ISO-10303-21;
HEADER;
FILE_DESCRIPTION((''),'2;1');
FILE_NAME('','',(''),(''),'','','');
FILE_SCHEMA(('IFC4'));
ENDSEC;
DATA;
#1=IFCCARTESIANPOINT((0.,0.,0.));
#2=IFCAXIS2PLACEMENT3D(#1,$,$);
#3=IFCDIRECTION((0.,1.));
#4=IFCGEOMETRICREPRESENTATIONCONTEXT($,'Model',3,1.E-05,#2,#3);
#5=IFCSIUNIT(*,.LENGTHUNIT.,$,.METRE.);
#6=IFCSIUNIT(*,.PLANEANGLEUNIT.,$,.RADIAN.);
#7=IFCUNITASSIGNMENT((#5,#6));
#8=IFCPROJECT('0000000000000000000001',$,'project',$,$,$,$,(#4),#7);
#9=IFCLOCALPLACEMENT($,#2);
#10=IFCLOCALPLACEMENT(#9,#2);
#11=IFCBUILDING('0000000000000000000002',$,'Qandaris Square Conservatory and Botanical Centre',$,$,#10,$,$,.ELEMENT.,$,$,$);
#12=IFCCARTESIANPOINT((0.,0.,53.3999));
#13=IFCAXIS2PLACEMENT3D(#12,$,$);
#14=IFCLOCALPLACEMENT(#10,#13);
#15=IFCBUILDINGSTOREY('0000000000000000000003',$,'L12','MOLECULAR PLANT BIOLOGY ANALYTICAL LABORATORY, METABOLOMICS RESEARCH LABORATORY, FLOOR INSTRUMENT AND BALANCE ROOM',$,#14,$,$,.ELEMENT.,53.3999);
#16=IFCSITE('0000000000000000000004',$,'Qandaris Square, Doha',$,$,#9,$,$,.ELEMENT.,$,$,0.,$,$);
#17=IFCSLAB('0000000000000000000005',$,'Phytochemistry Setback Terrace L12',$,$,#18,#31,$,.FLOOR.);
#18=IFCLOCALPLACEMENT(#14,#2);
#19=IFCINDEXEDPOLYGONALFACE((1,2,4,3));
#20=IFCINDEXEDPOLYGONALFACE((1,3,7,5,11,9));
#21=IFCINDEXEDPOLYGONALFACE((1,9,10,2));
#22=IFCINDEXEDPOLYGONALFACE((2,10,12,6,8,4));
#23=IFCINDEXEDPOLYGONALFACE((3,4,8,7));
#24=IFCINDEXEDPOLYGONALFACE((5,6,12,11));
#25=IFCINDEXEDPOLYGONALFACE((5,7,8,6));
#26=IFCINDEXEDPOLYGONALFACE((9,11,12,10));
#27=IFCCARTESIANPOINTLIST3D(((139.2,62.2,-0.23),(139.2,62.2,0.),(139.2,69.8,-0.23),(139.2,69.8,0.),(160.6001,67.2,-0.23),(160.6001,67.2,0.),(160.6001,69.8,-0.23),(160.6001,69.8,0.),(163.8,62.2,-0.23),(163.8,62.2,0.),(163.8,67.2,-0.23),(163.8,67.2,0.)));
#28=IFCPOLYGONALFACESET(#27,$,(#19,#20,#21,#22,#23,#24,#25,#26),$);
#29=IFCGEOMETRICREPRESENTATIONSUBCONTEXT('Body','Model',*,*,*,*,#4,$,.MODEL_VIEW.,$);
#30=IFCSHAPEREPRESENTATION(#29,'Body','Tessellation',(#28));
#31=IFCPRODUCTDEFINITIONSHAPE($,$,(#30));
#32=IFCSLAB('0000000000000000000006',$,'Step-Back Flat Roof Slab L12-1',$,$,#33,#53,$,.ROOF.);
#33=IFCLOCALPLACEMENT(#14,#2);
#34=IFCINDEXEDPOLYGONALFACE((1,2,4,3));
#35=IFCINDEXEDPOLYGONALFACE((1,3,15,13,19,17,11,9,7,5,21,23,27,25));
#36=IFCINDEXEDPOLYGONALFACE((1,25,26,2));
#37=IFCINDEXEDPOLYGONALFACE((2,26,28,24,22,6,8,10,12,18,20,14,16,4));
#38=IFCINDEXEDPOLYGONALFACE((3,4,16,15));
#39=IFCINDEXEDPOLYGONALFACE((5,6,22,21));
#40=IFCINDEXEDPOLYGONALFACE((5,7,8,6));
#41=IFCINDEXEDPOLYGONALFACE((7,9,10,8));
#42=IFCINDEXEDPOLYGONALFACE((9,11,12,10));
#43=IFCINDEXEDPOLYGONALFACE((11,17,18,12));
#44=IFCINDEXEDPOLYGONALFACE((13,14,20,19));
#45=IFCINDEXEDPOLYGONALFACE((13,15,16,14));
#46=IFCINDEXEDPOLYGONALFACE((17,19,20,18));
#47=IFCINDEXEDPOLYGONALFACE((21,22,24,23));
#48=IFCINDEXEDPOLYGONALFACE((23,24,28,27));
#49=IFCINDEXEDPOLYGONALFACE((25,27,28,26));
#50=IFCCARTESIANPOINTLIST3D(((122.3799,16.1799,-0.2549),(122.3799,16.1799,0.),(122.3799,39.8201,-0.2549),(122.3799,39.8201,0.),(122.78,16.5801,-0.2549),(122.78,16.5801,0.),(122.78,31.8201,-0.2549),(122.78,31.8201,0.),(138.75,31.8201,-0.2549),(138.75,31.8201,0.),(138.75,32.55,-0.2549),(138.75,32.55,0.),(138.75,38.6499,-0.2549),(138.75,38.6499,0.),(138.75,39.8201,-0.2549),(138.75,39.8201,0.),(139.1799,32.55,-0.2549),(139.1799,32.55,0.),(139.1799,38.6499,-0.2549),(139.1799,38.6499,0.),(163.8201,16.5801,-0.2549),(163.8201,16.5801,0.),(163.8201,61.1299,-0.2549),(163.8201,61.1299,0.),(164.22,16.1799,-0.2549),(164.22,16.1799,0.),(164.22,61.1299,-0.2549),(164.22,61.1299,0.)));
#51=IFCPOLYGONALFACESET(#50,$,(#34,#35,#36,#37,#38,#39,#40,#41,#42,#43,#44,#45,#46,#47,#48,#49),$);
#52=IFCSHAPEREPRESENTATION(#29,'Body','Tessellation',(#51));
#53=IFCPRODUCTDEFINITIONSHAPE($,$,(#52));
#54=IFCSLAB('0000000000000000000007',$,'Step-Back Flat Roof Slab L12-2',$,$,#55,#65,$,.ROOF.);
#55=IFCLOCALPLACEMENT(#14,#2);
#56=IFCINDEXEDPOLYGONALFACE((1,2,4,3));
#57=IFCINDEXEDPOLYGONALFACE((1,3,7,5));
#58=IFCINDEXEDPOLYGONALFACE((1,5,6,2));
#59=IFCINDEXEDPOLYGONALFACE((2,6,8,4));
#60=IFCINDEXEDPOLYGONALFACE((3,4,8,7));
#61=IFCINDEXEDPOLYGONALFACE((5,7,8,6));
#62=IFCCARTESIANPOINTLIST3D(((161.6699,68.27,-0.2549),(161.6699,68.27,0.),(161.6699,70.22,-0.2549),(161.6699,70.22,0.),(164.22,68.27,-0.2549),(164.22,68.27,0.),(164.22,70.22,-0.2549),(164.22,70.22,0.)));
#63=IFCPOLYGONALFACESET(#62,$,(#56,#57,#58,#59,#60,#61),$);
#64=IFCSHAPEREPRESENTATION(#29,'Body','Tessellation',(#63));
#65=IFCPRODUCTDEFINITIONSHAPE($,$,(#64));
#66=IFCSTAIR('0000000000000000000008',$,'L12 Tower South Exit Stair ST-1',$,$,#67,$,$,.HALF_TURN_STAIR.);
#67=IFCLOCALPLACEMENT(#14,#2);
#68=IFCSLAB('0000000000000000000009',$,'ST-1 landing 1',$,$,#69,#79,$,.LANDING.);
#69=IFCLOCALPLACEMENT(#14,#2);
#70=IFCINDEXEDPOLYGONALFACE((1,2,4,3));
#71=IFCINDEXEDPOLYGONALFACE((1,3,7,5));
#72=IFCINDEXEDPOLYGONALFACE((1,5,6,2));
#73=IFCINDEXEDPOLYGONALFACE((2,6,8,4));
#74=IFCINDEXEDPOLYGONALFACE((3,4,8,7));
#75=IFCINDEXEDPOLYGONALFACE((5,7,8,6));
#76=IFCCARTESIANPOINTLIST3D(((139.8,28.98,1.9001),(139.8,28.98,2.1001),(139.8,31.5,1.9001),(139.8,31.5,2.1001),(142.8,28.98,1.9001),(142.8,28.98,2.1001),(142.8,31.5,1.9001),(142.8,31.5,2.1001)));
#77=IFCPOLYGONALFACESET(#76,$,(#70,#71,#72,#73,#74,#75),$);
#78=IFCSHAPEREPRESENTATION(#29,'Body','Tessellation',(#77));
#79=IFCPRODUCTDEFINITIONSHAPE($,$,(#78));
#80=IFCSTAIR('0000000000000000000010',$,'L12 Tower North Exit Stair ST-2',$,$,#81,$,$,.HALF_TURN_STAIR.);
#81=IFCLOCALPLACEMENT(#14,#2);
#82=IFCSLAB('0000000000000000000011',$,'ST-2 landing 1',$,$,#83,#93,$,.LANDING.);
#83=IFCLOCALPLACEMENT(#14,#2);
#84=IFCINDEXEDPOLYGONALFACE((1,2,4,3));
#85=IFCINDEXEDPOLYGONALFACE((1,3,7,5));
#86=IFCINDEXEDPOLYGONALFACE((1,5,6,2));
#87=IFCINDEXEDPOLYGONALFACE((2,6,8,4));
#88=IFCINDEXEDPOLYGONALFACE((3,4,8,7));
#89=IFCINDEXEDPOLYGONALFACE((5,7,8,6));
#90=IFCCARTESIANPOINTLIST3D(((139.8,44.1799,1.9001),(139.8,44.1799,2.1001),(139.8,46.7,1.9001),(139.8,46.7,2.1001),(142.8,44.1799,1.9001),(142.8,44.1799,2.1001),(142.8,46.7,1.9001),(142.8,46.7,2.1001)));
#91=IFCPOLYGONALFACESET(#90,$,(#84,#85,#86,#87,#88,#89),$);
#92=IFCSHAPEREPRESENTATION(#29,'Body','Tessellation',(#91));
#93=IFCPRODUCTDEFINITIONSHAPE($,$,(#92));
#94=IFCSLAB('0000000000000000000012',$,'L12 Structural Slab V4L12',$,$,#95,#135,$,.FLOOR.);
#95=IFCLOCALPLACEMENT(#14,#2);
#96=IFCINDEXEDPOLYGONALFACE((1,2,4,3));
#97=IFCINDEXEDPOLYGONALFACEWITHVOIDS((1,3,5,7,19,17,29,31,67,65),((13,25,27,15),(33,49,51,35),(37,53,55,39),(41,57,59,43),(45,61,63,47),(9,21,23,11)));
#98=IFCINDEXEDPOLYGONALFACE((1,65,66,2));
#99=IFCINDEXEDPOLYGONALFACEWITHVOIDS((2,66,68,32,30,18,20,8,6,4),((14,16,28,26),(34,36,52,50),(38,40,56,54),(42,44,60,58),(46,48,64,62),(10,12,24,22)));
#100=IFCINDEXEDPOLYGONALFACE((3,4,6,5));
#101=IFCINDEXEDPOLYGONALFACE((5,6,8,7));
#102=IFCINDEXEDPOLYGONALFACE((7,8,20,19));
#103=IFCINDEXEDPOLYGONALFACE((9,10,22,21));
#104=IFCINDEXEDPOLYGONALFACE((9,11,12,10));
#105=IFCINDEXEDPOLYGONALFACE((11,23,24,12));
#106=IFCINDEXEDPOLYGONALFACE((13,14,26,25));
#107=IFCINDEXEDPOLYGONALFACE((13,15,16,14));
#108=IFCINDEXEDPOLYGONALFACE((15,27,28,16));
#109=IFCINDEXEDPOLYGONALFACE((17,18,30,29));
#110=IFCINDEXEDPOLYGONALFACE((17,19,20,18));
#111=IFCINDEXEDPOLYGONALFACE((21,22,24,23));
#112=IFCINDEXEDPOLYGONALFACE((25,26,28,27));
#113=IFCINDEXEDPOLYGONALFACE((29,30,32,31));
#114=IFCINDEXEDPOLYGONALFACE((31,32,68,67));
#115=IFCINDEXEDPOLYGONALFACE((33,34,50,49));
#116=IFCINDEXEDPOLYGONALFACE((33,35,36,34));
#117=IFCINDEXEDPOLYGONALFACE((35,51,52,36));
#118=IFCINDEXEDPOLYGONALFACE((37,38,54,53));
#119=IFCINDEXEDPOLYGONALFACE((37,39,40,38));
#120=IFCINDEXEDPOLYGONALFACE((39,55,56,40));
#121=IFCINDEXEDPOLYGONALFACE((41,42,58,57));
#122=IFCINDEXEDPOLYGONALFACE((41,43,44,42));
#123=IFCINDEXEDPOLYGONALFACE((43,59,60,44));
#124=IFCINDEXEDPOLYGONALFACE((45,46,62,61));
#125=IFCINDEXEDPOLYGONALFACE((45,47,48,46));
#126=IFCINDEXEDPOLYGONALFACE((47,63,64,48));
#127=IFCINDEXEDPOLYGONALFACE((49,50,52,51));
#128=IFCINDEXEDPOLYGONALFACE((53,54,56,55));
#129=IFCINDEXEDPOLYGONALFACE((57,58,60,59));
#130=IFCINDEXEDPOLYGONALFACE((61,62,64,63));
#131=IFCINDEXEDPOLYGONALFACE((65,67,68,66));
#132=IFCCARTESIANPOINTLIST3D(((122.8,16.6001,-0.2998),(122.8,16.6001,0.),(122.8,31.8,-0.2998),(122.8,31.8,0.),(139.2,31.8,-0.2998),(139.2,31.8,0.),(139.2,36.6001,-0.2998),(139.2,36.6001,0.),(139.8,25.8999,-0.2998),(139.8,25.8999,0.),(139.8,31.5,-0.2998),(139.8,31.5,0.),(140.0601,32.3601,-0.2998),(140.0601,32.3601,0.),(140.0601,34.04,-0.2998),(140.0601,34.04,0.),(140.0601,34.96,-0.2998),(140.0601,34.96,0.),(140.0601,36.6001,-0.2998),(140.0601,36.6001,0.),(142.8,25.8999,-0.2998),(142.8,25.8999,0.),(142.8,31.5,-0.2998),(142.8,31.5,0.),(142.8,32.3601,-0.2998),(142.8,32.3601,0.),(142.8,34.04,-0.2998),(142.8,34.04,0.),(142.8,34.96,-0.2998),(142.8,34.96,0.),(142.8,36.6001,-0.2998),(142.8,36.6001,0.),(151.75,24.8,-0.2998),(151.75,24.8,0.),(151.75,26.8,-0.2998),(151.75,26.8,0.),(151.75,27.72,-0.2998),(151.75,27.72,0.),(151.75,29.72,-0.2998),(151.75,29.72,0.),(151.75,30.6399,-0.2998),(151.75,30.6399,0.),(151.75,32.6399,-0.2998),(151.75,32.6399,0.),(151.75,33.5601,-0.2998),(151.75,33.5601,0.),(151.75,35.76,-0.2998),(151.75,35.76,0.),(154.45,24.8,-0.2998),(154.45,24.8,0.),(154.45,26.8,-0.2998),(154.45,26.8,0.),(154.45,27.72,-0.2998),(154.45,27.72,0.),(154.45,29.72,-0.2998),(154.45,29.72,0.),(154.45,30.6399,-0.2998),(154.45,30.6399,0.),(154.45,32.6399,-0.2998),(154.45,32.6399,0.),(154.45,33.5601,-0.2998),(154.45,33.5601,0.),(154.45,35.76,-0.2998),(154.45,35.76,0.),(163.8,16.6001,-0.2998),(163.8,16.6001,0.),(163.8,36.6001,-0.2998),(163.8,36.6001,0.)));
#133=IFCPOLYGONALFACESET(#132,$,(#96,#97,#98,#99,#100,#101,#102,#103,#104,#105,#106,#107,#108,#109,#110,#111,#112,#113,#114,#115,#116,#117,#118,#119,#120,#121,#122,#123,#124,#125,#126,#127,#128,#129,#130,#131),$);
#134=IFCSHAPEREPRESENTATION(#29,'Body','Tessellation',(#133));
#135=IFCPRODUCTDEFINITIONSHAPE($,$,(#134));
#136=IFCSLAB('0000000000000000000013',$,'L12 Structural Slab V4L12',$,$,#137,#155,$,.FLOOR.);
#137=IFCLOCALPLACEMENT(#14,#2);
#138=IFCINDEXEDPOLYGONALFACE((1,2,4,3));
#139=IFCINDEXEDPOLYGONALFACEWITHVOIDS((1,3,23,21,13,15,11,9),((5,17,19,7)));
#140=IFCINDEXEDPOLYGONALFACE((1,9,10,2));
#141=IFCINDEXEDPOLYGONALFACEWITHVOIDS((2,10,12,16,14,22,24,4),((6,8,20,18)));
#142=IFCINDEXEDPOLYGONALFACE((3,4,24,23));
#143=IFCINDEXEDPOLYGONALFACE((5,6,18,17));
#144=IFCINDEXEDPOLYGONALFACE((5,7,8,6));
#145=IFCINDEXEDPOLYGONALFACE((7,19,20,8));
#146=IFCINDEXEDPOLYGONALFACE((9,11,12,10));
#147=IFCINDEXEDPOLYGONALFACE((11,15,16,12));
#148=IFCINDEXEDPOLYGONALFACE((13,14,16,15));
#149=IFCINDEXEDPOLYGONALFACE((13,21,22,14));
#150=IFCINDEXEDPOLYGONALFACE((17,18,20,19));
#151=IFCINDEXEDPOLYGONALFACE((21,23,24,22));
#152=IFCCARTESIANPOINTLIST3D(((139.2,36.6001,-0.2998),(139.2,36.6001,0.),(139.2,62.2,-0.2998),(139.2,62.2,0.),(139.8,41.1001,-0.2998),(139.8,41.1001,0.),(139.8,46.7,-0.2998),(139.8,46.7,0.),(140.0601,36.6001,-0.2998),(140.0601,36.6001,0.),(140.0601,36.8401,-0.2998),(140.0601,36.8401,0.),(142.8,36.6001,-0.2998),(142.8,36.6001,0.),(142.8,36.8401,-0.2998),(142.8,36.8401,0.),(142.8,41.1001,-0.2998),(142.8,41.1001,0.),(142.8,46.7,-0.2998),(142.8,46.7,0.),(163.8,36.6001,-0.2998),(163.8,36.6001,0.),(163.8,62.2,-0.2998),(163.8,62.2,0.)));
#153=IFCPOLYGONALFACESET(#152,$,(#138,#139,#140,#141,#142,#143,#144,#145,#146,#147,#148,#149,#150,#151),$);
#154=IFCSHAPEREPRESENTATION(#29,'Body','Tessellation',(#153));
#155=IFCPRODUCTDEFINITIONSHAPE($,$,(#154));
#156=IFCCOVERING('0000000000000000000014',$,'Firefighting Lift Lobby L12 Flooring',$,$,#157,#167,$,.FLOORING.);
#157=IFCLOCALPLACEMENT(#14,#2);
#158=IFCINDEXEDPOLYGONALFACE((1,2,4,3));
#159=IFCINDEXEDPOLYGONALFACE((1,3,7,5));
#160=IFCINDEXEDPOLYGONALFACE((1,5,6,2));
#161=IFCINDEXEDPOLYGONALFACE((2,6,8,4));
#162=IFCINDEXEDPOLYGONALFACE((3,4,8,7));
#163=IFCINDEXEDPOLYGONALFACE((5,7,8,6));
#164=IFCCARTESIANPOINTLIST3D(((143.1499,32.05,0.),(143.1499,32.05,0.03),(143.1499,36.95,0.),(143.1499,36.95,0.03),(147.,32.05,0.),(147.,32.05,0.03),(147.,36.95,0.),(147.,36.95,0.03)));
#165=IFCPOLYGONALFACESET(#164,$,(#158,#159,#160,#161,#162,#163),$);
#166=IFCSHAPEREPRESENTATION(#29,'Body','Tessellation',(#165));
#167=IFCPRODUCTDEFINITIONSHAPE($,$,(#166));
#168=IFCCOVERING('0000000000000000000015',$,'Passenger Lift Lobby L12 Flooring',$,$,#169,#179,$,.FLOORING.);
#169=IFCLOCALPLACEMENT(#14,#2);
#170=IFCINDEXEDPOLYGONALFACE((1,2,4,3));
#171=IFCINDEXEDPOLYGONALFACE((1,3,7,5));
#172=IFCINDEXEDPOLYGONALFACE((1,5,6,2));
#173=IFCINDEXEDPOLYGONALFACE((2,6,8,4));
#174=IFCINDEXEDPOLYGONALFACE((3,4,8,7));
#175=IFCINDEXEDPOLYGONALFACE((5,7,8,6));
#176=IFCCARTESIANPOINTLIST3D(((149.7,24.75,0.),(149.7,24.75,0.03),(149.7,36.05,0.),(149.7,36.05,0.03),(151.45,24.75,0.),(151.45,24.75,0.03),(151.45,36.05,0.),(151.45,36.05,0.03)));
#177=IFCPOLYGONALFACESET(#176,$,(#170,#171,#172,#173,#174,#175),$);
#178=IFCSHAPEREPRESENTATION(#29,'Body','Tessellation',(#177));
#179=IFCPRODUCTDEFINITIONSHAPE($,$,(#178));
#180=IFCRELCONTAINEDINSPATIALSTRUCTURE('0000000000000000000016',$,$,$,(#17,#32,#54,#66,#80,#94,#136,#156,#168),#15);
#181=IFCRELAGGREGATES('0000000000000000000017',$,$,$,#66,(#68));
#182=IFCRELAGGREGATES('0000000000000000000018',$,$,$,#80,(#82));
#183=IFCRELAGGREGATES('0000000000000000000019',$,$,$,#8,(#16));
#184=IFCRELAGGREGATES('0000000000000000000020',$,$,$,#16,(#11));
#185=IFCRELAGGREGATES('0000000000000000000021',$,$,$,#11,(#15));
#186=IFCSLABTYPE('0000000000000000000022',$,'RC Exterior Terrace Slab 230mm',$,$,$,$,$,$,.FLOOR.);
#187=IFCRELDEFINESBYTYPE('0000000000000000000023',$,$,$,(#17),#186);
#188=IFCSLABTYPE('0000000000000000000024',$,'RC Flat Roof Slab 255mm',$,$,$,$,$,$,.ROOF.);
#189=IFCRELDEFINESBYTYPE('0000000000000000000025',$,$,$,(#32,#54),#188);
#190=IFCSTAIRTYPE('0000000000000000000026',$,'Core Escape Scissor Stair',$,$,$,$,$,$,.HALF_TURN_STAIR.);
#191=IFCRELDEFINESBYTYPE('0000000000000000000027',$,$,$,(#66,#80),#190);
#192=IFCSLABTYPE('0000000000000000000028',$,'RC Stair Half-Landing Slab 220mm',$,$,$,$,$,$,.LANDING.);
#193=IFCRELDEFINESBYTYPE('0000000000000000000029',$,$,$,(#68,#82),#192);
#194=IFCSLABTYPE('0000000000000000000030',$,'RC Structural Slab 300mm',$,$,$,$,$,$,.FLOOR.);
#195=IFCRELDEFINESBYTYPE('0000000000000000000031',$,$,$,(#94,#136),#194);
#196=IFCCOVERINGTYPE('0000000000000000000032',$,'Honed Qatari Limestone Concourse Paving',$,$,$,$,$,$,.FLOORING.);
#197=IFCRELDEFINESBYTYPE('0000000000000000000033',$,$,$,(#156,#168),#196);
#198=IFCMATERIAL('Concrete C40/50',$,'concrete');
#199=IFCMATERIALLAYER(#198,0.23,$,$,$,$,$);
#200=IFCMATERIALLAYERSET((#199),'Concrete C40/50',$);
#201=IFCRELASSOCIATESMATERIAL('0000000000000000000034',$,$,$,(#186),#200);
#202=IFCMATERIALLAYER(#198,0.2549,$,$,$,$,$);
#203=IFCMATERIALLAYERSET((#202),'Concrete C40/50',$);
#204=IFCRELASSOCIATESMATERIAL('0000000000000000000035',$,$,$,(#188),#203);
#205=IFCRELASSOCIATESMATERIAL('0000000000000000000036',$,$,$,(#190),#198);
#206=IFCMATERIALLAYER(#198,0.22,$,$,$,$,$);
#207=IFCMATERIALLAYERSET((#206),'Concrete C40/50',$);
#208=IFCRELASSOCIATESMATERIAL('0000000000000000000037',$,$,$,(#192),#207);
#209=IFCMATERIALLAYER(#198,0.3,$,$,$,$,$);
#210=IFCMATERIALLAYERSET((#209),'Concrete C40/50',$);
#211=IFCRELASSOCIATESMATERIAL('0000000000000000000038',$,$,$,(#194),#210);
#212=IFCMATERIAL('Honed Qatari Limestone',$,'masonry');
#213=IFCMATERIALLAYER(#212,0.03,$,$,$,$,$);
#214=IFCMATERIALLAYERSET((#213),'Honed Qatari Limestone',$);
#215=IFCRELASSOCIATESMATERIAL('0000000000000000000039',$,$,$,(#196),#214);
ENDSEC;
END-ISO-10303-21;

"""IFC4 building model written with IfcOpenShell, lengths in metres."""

from ifc_helpers import new_model, si_unit, direction, frame, origin, place, context, subcontext, project, spatial, polyline, outline, extrude, material, layer, layer_set, type_object, element, aggregate, save


model = new_model("IFC4")

# Units and contexts
model_context = context("Model", 3, precision=1e-05, world=origin(), true_north=direction((0.0, 1.0)))
body_context = subcontext(model_context, "Body", "Model", "MODEL_VIEW")
ifc_project = project(units=[si_unit("LENGTHUNIT", "METRE"), si_unit("PLANEANGLEUNIT", "RADIAN")], contexts=[model_context])

# Site, building, storey
site_placement = place(None, origin())
site = spatial("IfcSite", under=ifc_project, at=site_placement, Name="Qandaris Square, Doha", CompositionType="ELEMENT", RefElevation=0.0)
building_placement = place(site_placement, origin())
building = spatial("IfcBuilding", under=site, at=building_placement, Name="Qandaris Square Conservatory and Botanical Centre", CompositionType="ELEMENT")
storey_placement = place(building_placement, frame((0.0, 0.0, 53.3999)))
storey = spatial("IfcBuildingStorey", under=building, at=storey_placement, Name="L12", Description="MOLECULAR PLANT BIOLOGY ANALYTICAL LABORATORY, METABOLOMICS RESEARCH LABORATORY, FLOOR INSTRUMENT AND BALANCE ROOM", CompositionType="ELEMENT", Elevation=53.3999)

# Slabs
ifc_material_1 = material(Name="Concrete C40/50", Category="concrete")
ifc_layer_1 = layer(ifc_material_1, 0.23)
ifc_layer_set_1 = layer_set([ifc_layer_1], Name="Concrete C40/50")
slab_type_1 = type_object("IfcSlabType", Name="RC Exterior Terrace Slab 230mm", PredefinedType="FLOOR", material=ifc_layer_set_1)
slab_1_placement = place(storey_placement, frame((0.0, 0.0, -0.23)))
element("IfcSlab", 1, at=slab_1_placement, inside=storey, type_object=slab_type_1, Name="Phytochemistry Setback Terrace L12", PredefinedType="FLOOR", context=body_context, shape_type="SweptSolid", body=[
    extrude(outline(polyline([(163.8, 62.2), (139.2, 62.2), (139.2, 69.8), (160.6001, 69.8), (160.6001, 67.2), (163.8, 67.2), (163.8, 62.2)])), origin(), (0.0, 0.0, 1.0), 0.23),
])
ifc_layer_2 = layer(ifc_material_1, 0.2549)
ifc_layer_set_2 = layer_set([ifc_layer_2], Name="Concrete C40/50")
slab_type_2 = type_object("IfcSlabType", Name="RC Flat Roof Slab 255mm", PredefinedType="ROOF", material=ifc_layer_set_2)
slab_2_placement = place(storey_placement, frame((0.0, 0.0, -0.2549)))
element("IfcSlab", 2, at=slab_2_placement, inside=storey, type_object=slab_type_2, Name="Step-Back Flat Roof Slab L12-1", PredefinedType="ROOF", context=body_context, shape_type="SweptSolid", body=[
    extrude(outline(polyline([(138.75, 39.8201), (138.75, 38.6499), (139.1799, 38.6499), (139.1799, 32.55), (138.75, 32.55), (138.75, 31.8201), (122.78, 31.8201), (122.78, 16.5801), (163.8201, 16.5801), (163.8201, 61.1299), (164.22, 61.1299), (164.22, 16.1799), (122.3799, 16.1799), (122.3799, 39.8201), (138.75, 39.8201)])), origin(), (0.0, 0.0, 1.0), 0.2549),
])
slab_3_placement = place(storey_placement, frame((0.0, 0.0, -0.2549)))
element("IfcSlab", 3, at=slab_3_placement, inside=storey, type_object=slab_type_2, Name="Step-Back Flat Roof Slab L12-2", PredefinedType="ROOF", context=body_context, shape_type="SweptSolid", body=[
    extrude(outline(polyline([(164.22, 68.27), (161.6699, 68.27), (161.6699, 70.22), (164.22, 70.22), (164.22, 68.27)])), origin(), (0.0, 0.0, 1.0), 0.2549),
])

# Stairs, slabs
stair_type = type_object("IfcStairType", Name="Core Escape Scissor Stair", PredefinedType="HALF_TURN_STAIR", material=ifc_material_1)
stair_1_placement = place(storey_placement, origin())
stair_1 = element("IfcStair", 4, at=stair_1_placement, inside=storey, type_object=stair_type, Name="L12 Tower South Exit Stair ST-1", PredefinedType="HALF_TURN_STAIR")
ifc_layer_3 = layer(ifc_material_1, 0.22)
ifc_layer_set_3 = layer_set([ifc_layer_3], Name="Concrete C40/50")
slab_type_3 = type_object("IfcSlabType", Name="RC Stair Half-Landing Slab 220mm", PredefinedType="LANDING", material=ifc_layer_set_3)
slab_4_placement = place(storey_placement, frame((0.0, 0.0, 1.9001)))
slab_4 = element("IfcSlab", 5, at=slab_4_placement, type_object=slab_type_3, Name="ST-1 landing 1", PredefinedType="LANDING", context=body_context, shape_type="SweptSolid", body=[
    extrude(outline(polyline([(142.8, 28.98), (142.8, 31.5), (139.8, 31.5), (139.8, 28.98), (142.8, 28.98)])), origin(), (0.0, 0.0, 1.0), 0.2),
])
aggregate(stair_1, [slab_4])
stair_2_placement = place(storey_placement, origin())
stair_2 = element("IfcStair", 6, at=stair_2_placement, inside=storey, type_object=stair_type, Name="L12 Tower North Exit Stair ST-2", PredefinedType="HALF_TURN_STAIR")
slab_5_placement = place(storey_placement, frame((0.0, 0.0, 1.9001)))
slab_5 = element("IfcSlab", 7, at=slab_5_placement, type_object=slab_type_3, Name="ST-2 landing 1", PredefinedType="LANDING", context=body_context, shape_type="SweptSolid", body=[
    extrude(outline(polyline([(142.8, 44.1799), (142.8, 46.7), (139.8, 46.7), (139.8, 44.1799), (142.8, 44.1799)])), origin(), (0.0, 0.0, 1.0), 0.2),
])
aggregate(stair_2, [slab_5])

# Slabs
ifc_layer_4 = layer(ifc_material_1, 0.3)
ifc_layer_set_4 = layer_set([ifc_layer_4], Name="Concrete C40/50")
slab_type_4 = type_object("IfcSlabType", Name="RC Structural Slab 300mm", PredefinedType="FLOOR", material=ifc_layer_set_4)
slab_6_placement = place(storey_placement, frame((0.0, 0.0, -0.2998)))
element("IfcSlab", 8, at=slab_6_placement, inside=storey, type_object=slab_type_4, Name="L12 Structural Slab V4L12", PredefinedType="FLOOR", context=body_context, shape_type="SweptSolid", body=[
    extrude(outline(polyline([(139.2, 31.8), (139.2, 36.6001), (140.0601, 36.6001), (140.0601, 34.96), (142.8, 34.96), (142.8, 36.6001), (163.8, 36.6001), (163.8, 16.6001), (122.8, 16.6001), (122.8, 31.8), (139.2, 31.8)]), holes=[polyline([(151.75, 24.8), (154.45, 24.8), (154.45, 26.8), (151.75, 26.8), (151.75, 24.8)]), polyline([(139.8, 25.8999), (142.8, 25.8999), (142.8, 31.5), (139.8, 31.5), (139.8, 25.8999)]), polyline([(151.75, 27.72), (154.45, 27.72), (154.45, 29.72), (151.75, 29.72), (151.75, 27.72)]), polyline([(151.75, 30.6399), (154.45, 30.6399), (154.45, 32.6399), (151.75, 32.6399), (151.75, 30.6399)]), polyline([(140.0601, 32.3601), (142.8, 32.3601), (142.8, 34.04), (140.0601, 34.04), (140.0601, 32.3601)]), polyline([(151.75, 33.5601), (154.45, 33.5601), (154.45, 35.76), (151.75, 35.76), (151.75, 33.5601)])]), origin(), (0.0, 0.0, 1.0), 0.2998),
])
slab_7_placement = place(storey_placement, frame((0.0, 0.0, -0.2998)))
element("IfcSlab", 9, at=slab_7_placement, inside=storey, type_object=slab_type_4, Name="L12 Structural Slab V4L12", PredefinedType="FLOOR", context=body_context, shape_type="SweptSolid", body=[
    extrude(outline(polyline([(139.2, 62.2), (163.8, 62.2), (163.8, 36.6001), (142.8, 36.6001), (142.8, 36.8401), (140.0601, 36.8401), (140.0601, 36.6001), (139.2, 36.6001), (139.2, 62.2)]), holes=[polyline([(139.8, 41.1001), (142.8, 41.1001), (142.8, 46.7), (139.8, 46.7), (139.8, 41.1001)])]), origin(), (0.0, 0.0, 1.0), 0.2998),
])

# Coverings
ifc_material_2 = material(Name="Honed Qatari Limestone", Category="masonry")
ifc_layer_5 = layer(ifc_material_2, 0.03)
ifc_layer_set_5 = layer_set([ifc_layer_5], Name="Honed Qatari Limestone")
covering_type_1 = type_object("IfcCoveringType", Name="Honed Qatari Limestone Concourse Paving", PredefinedType="FLOORING", material=ifc_layer_set_5)
covering_1_placement = place(storey_placement, origin())
element("IfcCovering", 10, at=covering_1_placement, inside=storey, type_object=covering_type_1, Name="Firefighting Lift Lobby L12 Flooring", PredefinedType="FLOORING", context=body_context, shape_type="SweptSolid", body=[
    extrude(outline(polyline([(143.1499, 36.95), (147.0, 36.95), (147.0, 32.05), (143.1499, 32.05), (143.1499, 36.95)])), origin(), (0.0, 0.0, 1.0), 0.03),
])
covering_2_placement = place(storey_placement, origin())
element("IfcCovering", 11, at=covering_2_placement, inside=storey, type_object=covering_type_1, Name="Passenger Lift Lobby L12 Flooring", PredefinedType="FLOORING", context=body_context, shape_type="SweptSolid", body=[
    extrude(outline(polyline([(149.7, 36.05), (151.45, 36.05), (151.45, 24.75), (149.7, 24.75), (149.7, 36.05)])), origin(), (0.0, 0.0, 1.0), 0.03),
])

save(model, "model.ifc")
